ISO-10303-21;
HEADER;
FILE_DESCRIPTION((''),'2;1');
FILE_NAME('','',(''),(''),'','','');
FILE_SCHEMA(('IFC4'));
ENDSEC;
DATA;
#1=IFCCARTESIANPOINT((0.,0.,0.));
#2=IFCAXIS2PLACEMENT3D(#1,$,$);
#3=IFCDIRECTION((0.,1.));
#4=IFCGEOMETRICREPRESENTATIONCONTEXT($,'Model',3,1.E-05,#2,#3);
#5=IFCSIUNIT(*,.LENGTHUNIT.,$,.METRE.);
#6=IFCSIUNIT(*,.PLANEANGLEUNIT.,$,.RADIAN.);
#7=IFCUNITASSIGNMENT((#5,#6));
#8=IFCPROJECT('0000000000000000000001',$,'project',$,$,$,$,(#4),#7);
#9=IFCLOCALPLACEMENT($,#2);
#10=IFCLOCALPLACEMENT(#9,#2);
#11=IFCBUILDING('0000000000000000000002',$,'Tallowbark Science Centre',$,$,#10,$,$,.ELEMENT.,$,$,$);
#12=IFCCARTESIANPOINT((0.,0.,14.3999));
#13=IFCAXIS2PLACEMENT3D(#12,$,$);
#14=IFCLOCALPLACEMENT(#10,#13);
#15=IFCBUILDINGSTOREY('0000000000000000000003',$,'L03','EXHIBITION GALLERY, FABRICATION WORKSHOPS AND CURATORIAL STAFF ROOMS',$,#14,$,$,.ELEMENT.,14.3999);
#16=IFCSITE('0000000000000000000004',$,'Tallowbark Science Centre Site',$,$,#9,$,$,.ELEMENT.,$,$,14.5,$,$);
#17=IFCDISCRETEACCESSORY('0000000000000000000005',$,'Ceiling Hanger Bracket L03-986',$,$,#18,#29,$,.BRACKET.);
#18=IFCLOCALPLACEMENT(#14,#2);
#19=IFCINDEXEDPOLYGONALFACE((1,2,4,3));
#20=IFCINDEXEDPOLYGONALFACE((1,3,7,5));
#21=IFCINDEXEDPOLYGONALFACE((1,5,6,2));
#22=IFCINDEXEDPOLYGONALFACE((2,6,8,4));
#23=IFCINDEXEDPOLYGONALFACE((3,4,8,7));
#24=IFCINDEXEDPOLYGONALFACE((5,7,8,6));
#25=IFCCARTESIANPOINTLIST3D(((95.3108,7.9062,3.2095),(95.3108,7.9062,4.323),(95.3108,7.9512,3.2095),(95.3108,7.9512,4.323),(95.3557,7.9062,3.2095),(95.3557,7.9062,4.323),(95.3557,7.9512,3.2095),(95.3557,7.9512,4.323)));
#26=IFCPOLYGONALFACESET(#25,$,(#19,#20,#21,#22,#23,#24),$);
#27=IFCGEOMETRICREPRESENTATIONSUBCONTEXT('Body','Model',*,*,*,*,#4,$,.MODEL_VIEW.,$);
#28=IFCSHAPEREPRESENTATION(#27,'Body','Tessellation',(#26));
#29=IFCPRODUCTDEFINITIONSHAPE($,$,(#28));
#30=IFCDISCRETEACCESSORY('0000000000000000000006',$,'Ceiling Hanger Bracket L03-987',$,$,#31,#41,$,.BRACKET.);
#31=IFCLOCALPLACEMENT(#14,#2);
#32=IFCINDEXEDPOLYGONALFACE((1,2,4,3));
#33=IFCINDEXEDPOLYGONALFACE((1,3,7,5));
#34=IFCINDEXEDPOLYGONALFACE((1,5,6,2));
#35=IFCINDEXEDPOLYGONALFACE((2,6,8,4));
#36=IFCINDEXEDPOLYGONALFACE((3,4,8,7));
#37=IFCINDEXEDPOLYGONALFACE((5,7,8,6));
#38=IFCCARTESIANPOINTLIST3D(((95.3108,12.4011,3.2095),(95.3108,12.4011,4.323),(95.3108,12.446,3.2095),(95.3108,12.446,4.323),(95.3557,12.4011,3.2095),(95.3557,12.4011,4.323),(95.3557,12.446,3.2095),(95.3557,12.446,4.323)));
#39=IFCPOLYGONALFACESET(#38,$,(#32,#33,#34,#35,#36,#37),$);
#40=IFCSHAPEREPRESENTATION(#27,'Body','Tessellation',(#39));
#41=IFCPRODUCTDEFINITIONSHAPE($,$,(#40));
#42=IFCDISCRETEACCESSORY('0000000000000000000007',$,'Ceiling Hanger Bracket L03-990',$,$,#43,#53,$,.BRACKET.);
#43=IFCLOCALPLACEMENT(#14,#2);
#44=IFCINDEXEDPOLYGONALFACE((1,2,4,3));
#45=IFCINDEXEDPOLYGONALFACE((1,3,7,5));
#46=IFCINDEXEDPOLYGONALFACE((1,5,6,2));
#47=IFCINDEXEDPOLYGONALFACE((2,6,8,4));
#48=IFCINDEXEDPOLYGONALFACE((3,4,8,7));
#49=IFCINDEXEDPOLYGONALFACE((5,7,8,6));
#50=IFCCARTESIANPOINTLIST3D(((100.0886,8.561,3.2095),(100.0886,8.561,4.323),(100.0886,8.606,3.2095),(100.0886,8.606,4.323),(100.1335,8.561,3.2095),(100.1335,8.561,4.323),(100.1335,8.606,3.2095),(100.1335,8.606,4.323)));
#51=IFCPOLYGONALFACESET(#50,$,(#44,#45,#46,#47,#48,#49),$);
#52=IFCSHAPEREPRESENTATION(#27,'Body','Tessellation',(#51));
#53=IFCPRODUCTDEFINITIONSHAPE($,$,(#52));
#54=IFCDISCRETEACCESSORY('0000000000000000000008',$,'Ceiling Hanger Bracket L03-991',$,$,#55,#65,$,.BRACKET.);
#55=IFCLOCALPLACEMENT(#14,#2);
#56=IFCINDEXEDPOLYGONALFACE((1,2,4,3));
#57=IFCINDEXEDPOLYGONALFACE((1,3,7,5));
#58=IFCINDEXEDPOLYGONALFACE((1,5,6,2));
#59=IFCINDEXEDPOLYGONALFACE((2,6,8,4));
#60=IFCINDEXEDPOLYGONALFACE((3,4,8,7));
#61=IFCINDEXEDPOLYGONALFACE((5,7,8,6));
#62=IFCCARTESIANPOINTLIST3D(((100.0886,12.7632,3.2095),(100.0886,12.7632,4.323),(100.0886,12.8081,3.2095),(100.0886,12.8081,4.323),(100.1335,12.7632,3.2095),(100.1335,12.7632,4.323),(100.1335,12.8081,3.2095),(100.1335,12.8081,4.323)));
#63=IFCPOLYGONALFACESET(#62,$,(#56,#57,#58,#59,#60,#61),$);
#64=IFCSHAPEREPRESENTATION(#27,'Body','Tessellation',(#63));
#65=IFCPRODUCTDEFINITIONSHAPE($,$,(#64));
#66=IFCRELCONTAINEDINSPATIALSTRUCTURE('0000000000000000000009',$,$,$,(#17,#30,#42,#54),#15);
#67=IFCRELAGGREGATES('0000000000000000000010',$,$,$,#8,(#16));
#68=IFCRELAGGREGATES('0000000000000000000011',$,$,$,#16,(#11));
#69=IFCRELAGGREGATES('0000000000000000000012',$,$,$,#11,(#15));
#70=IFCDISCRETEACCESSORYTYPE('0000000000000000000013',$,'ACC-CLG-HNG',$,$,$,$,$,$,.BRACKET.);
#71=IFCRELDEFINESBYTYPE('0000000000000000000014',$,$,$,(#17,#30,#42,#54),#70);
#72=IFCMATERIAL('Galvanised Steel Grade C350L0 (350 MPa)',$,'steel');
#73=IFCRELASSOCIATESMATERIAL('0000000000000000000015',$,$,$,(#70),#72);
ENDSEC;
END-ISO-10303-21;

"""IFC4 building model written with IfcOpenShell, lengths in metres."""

from ifc_helpers import new_model, si_unit, direction, frame, origin, origin_2d, place, context, subcontext, project, spatial, rectangle, extrude, material, type_object, element, save


model = new_model("IFC4")

# Units and contexts
model_context = context("Model", 3, precision=1e-05, world=origin(), true_north=direction((0.0, 1.0)))
body_context = subcontext(model_context, "Body", "Model", "MODEL_VIEW")
ifc_project = project(units=[si_unit("LENGTHUNIT", "METRE"), si_unit("PLANEANGLEUNIT", "RADIAN")], contexts=[model_context])

# Site, building, storey
site_placement = place(None, origin())
site = spatial("IfcSite", under=ifc_project, at=site_placement, Name="Tallowbark Science Centre Site", CompositionType="ELEMENT", RefElevation=14.5)
building_placement = place(site_placement, origin())
building = spatial("IfcBuilding", under=site, at=building_placement, Name="Tallowbark Science Centre", CompositionType="ELEMENT")
storey_placement = place(building_placement, frame((0.0, 0.0, 14.3999)))
storey = spatial("IfcBuildingStorey", under=building, at=storey_placement, Name="L03", Description="EXHIBITION GALLERY, FABRICATION WORKSHOPS AND CURATORIAL STAFF ROOMS", CompositionType="ELEMENT", Elevation=14.3999)

# Discrete accessories
ifc_material_1 = material(Name="Galvanised Steel Grade C350L0 (350 MPa)", Category="steel")
discrete_accessory_type_1 = type_object("IfcDiscreteAccessoryType", Name="ACC-CLG-HNG", PredefinedType="BRACKET", material=ifc_material_1)
for number, where, z_axis, x_axis, name in (
    (1, (95.3333, 7.9287, 3.2095), (0.0, 0.0, 1.0), (1.0, 0.0, 0.0), "Ceiling Hanger Bracket L03-986"),
    (2, (95.3333, 12.4236, 3.2095), (0.0, 0.0, 1.0), (1.0, 0.0, 0.0), "Ceiling Hanger Bracket L03-987"),
    (3, (100.1111, 8.5835, 3.2095), (0.0, 0.0, 1.0), (1.0, 0.0, 0.0), "Ceiling Hanger Bracket L03-990"),
    (4, (100.1111, 12.7856, 3.2095), (0.0, 0.0, 1.0), (1.0, 0.0, 0.0), "Ceiling Hanger Bracket L03-991"),
):
    element("IfcDiscreteAccessory", number, at=place(storey_placement, frame(where, z_axis=z_axis, x_axis=x_axis)), inside=storey, type_object=discrete_accessory_type_1, Name=name, PredefinedType="BRACKET", context=body_context, shape_type="SweptSolid", body=[
        extrude(rectangle(XDim=0.0449, YDim=0.0449, at=origin_2d()), origin(), (0.0, 0.0, 1.0), 1.1135),
    ])

save(model, "model.ifc")
